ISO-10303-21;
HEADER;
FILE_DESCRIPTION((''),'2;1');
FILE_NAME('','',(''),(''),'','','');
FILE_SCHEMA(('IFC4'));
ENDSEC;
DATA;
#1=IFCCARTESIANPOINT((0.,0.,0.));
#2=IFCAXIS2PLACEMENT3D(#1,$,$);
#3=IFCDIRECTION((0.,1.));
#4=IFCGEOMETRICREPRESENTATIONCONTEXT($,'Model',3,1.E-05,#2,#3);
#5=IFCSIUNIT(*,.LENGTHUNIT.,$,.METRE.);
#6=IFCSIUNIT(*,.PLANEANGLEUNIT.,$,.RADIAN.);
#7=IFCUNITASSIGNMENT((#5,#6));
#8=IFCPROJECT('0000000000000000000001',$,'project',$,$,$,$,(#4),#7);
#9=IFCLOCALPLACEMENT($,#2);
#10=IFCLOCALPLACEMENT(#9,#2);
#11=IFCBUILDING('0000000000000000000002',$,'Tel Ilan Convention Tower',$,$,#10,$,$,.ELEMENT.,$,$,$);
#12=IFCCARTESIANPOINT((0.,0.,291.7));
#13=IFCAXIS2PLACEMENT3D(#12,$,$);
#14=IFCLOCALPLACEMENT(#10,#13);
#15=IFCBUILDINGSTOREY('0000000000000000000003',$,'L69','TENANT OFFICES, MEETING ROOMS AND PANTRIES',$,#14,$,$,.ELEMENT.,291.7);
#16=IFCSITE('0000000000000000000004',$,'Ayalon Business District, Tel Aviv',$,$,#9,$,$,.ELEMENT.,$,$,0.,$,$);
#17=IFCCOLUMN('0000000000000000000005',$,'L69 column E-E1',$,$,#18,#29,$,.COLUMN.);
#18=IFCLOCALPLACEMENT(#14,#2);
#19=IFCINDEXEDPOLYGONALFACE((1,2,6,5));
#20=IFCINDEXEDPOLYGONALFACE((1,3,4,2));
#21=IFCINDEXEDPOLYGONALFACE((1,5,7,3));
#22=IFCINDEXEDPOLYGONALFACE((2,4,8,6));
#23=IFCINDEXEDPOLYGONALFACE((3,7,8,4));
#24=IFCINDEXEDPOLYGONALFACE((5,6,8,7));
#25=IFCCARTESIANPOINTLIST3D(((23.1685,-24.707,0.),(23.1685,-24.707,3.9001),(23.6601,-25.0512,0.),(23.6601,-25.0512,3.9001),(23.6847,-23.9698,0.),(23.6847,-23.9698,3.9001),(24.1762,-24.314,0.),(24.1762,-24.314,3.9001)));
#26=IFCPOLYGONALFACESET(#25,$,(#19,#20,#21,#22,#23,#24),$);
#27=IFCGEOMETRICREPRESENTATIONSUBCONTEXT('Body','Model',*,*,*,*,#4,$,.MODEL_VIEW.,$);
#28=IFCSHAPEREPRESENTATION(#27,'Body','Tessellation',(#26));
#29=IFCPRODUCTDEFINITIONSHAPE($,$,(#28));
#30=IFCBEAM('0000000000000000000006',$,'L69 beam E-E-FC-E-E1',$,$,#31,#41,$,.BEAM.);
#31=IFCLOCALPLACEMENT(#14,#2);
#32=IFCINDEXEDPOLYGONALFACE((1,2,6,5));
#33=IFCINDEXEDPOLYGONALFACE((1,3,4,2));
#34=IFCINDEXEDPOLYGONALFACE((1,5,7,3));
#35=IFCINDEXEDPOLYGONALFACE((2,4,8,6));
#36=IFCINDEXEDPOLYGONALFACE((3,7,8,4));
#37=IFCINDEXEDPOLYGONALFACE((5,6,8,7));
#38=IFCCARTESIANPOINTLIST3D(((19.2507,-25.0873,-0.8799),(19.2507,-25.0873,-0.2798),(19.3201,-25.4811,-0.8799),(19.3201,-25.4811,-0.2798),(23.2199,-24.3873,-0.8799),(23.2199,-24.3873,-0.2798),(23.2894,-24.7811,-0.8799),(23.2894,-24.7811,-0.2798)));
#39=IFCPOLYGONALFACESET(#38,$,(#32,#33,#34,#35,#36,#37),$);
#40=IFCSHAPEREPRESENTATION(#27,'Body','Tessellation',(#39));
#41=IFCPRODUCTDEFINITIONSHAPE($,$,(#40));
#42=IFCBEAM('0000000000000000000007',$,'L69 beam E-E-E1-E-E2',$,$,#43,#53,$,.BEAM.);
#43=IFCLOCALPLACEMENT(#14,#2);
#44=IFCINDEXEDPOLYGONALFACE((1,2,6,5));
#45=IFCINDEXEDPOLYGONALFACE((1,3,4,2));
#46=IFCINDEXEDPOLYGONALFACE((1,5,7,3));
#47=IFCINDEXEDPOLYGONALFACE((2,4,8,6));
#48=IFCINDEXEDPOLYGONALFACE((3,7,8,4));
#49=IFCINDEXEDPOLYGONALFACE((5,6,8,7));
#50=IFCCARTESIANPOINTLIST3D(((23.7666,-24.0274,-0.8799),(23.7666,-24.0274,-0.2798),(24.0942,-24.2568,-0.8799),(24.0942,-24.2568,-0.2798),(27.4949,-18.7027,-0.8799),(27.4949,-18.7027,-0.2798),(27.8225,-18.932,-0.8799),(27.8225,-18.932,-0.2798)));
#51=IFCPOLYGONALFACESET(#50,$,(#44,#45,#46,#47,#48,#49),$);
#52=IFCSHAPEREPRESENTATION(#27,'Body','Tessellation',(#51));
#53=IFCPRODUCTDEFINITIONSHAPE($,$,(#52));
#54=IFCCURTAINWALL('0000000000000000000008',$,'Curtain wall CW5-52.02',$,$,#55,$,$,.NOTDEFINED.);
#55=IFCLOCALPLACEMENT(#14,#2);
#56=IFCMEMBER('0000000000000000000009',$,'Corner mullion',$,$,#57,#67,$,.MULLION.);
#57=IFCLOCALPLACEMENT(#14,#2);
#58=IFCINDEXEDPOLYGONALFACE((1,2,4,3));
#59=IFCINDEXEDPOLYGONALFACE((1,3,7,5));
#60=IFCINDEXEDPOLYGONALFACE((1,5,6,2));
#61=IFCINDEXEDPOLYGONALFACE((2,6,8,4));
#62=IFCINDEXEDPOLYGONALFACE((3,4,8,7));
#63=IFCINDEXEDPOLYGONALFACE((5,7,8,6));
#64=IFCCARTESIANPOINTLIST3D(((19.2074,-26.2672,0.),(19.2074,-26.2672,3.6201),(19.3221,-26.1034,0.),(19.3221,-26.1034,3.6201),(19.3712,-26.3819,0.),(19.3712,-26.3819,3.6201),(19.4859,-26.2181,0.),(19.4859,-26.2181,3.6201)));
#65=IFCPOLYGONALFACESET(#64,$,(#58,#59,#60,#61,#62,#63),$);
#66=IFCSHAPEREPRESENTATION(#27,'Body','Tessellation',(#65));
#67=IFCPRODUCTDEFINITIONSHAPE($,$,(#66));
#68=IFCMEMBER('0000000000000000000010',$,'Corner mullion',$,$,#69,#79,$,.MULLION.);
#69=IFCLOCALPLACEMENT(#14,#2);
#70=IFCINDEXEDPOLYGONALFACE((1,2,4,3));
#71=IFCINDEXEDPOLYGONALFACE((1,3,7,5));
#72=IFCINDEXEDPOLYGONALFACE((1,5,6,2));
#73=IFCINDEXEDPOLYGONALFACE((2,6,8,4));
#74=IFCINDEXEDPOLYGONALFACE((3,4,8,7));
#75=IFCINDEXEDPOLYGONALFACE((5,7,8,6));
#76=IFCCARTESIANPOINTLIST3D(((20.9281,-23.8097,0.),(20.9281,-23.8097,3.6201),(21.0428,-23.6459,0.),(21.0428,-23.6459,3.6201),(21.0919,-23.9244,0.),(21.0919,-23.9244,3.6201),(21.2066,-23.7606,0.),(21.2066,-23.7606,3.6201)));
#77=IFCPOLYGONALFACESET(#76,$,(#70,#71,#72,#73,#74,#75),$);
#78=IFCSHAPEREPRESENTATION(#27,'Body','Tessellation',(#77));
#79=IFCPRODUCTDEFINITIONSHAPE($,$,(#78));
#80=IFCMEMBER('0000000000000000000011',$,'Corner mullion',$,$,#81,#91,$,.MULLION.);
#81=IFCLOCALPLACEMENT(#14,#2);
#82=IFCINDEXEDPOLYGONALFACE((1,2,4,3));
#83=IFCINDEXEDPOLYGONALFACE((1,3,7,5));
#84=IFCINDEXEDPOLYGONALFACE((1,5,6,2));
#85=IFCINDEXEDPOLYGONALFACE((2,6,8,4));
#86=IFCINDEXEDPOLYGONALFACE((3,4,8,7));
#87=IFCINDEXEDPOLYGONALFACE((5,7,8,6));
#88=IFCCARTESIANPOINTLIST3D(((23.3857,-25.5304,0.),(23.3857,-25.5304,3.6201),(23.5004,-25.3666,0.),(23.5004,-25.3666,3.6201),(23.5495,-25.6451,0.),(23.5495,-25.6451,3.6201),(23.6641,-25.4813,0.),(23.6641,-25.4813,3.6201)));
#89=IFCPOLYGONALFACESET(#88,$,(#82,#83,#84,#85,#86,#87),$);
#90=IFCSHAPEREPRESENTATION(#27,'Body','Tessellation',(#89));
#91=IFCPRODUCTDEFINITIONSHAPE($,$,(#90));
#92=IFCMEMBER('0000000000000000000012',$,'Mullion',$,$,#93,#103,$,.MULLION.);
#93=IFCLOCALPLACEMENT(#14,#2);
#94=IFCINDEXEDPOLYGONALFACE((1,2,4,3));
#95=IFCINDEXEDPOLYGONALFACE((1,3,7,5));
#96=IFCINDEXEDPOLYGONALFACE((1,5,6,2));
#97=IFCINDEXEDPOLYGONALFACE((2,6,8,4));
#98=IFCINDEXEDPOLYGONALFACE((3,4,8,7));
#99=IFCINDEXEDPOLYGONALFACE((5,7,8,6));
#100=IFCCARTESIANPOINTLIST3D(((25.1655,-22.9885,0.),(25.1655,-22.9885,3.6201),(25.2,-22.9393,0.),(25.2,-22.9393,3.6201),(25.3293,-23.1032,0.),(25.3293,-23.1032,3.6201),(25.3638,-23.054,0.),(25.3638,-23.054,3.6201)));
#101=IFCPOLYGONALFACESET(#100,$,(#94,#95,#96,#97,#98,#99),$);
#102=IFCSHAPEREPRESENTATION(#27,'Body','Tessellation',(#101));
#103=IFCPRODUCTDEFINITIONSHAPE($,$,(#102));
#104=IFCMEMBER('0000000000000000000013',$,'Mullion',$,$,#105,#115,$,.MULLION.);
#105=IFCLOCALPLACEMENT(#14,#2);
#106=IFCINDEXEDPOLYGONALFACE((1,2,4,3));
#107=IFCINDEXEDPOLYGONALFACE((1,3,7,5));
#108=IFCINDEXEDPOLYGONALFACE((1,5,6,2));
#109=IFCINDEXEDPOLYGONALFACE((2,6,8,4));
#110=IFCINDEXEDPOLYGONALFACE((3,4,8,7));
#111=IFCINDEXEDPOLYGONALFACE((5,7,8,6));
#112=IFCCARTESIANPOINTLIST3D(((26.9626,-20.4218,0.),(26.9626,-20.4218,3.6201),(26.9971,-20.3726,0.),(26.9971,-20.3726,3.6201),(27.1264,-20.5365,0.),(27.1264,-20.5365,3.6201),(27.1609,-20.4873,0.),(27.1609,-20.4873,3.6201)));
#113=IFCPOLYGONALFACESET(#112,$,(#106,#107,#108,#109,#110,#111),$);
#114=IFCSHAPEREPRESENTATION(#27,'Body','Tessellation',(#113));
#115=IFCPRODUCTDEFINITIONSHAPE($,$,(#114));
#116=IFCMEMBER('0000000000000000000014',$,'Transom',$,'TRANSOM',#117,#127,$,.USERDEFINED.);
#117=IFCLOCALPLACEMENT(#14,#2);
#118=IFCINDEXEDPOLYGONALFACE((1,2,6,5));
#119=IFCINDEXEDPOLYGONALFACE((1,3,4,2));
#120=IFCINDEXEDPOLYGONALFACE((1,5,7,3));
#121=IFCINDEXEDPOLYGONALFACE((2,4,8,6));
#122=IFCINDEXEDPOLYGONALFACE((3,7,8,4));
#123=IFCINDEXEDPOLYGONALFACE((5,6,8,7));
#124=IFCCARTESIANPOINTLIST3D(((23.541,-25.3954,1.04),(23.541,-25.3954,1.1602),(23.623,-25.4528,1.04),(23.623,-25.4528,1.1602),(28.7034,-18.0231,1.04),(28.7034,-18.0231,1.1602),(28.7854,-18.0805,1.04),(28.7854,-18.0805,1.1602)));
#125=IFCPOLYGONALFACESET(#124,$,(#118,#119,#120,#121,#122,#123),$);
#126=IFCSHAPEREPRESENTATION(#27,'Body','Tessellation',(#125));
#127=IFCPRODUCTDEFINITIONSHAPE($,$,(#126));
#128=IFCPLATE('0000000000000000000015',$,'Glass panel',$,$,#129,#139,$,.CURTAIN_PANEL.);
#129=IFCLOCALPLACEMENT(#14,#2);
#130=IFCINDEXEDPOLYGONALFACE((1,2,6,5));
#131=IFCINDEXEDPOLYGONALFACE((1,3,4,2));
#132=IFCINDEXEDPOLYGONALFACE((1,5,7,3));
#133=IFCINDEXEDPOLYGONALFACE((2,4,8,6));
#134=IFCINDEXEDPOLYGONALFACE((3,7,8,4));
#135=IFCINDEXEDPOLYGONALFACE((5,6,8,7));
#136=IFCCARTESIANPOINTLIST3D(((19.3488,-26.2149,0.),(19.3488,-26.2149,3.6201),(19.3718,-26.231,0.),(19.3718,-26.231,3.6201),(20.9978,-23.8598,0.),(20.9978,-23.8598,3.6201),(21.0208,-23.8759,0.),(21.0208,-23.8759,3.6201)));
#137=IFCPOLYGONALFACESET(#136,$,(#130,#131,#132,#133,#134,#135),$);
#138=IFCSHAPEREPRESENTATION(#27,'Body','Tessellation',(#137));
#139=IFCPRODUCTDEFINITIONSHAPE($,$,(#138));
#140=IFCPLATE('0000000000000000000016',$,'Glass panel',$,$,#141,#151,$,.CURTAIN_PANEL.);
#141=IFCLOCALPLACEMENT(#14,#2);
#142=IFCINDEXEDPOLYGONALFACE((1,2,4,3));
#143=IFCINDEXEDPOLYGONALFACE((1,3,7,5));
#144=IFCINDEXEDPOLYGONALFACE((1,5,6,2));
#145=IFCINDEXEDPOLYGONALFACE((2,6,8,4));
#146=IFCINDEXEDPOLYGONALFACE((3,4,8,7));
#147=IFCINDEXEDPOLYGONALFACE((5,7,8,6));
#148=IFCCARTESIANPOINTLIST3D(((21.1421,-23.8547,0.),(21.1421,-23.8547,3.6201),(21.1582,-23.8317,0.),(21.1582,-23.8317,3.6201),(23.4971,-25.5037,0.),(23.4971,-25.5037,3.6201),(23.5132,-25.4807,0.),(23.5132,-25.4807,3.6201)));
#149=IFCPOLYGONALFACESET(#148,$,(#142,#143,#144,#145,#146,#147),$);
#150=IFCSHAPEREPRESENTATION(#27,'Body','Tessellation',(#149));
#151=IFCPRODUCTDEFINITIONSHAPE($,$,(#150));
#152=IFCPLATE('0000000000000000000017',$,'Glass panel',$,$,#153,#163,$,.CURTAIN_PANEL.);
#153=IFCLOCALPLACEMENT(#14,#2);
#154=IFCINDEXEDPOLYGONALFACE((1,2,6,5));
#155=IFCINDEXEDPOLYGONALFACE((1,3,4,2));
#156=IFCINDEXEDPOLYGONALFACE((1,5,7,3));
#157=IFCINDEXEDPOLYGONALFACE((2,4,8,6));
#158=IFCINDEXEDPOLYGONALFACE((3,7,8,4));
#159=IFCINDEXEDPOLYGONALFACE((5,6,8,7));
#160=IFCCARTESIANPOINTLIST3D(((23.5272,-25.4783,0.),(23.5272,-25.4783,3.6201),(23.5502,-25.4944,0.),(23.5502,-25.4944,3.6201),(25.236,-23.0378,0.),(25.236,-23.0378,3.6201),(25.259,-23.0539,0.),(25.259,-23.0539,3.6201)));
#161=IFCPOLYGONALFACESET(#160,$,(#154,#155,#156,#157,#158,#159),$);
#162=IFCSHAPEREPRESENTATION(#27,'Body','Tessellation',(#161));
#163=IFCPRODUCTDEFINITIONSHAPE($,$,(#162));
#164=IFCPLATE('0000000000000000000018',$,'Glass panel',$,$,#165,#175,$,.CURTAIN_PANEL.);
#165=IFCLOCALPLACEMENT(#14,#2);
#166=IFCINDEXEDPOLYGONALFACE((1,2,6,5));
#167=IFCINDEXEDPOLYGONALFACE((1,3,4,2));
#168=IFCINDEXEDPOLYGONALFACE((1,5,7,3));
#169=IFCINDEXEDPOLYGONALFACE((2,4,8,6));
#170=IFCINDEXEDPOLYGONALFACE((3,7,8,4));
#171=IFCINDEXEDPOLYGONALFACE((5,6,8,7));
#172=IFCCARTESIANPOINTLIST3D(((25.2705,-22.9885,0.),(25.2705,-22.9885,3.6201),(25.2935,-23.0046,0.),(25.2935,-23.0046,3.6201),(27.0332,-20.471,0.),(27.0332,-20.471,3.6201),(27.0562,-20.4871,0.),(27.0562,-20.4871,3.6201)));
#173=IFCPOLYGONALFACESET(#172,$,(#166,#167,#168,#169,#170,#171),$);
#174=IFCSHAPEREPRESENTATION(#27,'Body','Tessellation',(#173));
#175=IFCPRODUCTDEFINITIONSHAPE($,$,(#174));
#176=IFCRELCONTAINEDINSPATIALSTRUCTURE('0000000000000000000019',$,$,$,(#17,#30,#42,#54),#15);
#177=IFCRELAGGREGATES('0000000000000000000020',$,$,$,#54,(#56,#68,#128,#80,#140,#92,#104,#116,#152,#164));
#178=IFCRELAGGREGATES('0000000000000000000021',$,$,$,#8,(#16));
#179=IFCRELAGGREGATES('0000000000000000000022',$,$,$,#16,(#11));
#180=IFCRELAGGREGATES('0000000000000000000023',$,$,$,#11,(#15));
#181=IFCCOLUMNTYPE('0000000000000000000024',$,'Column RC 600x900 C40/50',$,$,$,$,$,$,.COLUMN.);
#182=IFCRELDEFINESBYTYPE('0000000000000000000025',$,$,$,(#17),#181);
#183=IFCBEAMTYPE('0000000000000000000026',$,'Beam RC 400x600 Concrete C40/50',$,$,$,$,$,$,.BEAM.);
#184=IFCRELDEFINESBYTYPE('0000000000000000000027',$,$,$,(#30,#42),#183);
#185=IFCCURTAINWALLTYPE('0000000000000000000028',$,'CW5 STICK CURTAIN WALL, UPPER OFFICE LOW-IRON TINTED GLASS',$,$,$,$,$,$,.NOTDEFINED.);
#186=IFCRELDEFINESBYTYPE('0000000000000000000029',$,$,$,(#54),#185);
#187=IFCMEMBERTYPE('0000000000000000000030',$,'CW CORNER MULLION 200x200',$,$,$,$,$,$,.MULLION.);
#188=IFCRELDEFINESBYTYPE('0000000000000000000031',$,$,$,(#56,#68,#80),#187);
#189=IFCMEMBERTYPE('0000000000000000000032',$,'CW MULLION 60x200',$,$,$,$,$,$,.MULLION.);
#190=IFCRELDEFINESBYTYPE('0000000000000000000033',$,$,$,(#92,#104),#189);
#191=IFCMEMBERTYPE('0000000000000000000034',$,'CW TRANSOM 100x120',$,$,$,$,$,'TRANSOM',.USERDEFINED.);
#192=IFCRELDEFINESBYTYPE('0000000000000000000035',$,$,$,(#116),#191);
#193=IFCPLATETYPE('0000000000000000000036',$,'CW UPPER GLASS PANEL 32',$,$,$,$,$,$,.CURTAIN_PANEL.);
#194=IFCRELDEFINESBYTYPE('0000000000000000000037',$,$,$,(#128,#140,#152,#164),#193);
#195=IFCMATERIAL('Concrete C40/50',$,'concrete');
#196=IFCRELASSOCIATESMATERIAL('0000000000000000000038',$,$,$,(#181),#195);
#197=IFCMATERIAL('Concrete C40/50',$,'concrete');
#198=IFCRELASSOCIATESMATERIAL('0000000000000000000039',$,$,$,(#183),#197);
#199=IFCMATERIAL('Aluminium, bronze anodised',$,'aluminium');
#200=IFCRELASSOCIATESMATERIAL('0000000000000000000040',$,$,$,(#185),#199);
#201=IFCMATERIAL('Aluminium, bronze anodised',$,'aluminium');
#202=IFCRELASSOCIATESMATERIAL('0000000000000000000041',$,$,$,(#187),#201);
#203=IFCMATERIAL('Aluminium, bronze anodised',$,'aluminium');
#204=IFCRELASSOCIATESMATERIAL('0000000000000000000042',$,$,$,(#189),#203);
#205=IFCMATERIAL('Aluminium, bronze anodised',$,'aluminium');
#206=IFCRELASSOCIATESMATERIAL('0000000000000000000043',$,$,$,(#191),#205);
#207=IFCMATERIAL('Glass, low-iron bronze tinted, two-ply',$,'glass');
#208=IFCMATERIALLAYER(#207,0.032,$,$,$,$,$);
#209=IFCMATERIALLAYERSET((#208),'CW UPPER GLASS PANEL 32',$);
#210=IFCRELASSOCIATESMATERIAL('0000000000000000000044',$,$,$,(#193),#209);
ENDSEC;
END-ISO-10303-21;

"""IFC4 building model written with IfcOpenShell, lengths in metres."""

from ifc_helpers import new_model, si_unit, direction, frame, origin, origin_2d, place, context, subcontext, project, spatial, rectangle, extrude, material, layer, layer_set, material_profile, profile_set, type_object, element, aggregate, save


model = new_model("IFC4")

# Units and contexts
model_context = context("Model", 3, precision=1e-05, world=origin(), true_north=direction((0.0, 1.0)))
body_context = subcontext(model_context, "Body", "Model", "MODEL_VIEW")
ifc_project = project(units=[si_unit("LENGTHUNIT", "METRE"), si_unit("PLANEANGLEUNIT", "RADIAN")], contexts=[model_context])

# Site, building, storey
site_placement = place(None, origin())
site = spatial("IfcSite", under=ifc_project, at=site_placement, Name="Ayalon Business District, Tel Aviv", CompositionType="ELEMENT", RefElevation=0.0)
building_placement = place(site_placement, origin())
building = spatial("IfcBuilding", under=site, at=building_placement, Name="Tel Ilan Convention Tower", CompositionType="ELEMENT")
storey_placement = place(building_placement, frame((0.0, 0.0, 291.7)))
storey = spatial("IfcBuildingStorey", under=building, at=storey_placement, Name="L69", Description="TENANT OFFICES, MEETING ROOMS AND PANTRIES", CompositionType="ELEMENT", Elevation=291.7)

# Column
ifc_material_1 = material(Name="Concrete C40/50", Category="concrete")
ifc_material_profile_1 = material_profile(ifc_material_1, rectangle(XDim=0.8999, YDim=0.6001, at=origin_2d()), Name="RC 600x900")
ifc_profile_set_1 = profile_set([ifc_material_profile_1], Name="Concrete C40/50")
column_type = type_object("IfcColumnType", Name="Column RC 600x900 C40/50", PredefinedType="COLUMN", material=ifc_profile_set_1)
column_placement = place(storey_placement, frame((23.6724, -24.5105, 0.0), z_axis=(0.0, 0.0, 1.0), x_axis=(0.573576, 0.819152, 0.0)))
element("IfcColumn", 1, at=column_placement, inside=storey, type_object=column_type, Name="L69 column E-E1", PredefinedType="COLUMN", context=body_context, shape_type="SweptSolid", body=[
    extrude(rectangle(XDim=0.8999, YDim=0.6001, at=origin_2d()), origin(), (0.0, 0.0, 1.0), 3.9001),
])

# Beams
ifc_material_2 = material(Name="Concrete C40/50", Category="concrete")
ifc_material_profile_2 = material_profile(ifc_material_2, rectangle(XDim=0.3999, YDim=0.6001, at=origin_2d()), Name="RC 400x600")
ifc_profile_set_2 = profile_set([ifc_material_profile_2], Name="Concrete C40/50")
beam_type = type_object("IfcBeamType", Name="Beam RC 400x600 Concrete C40/50", PredefinedType="BEAM", material=ifc_profile_set_2)
beam_1_placement = place(storey_placement, frame((19.2854, -25.2842, -0.5798), z_axis=(0.984805, 0.173664, 0.0), x_axis=(-0.173664, 0.984805, 0.0)))
element("IfcBeam", 2, at=beam_1_placement, inside=storey, type_object=beam_type, Name="L69 beam E-E-FC-E-E1", PredefinedType="BEAM", context=body_context, shape_type="SweptSolid", body=[
    extrude(rectangle(XDim=0.3999, YDim=0.6001, at=origin_2d()), origin(), (0.0, 0.0, 1.0), 4.0305),
])
beam_2_placement = place(storey_placement, frame((23.9304, -24.1421, -0.5798), z_axis=(0.573563, 0.819161, 0.0), x_axis=(-0.819161, 0.573563, 0.0)))
element("IfcBeam", 3, at=beam_2_placement, inside=storey, type_object=beam_type, Name="L69 beam E-E-E1-E-E2", PredefinedType="BEAM", context=body_context, shape_type="SweptSolid", body=[
    extrude(rectangle(XDim=0.3999, YDim=0.6001, at=origin_2d()), origin(), (0.0, 0.0, 1.0), 6.5002),
])

# Curtain wall, members, plates
ifc_material_3 = material(Name="Aluminium, bronze anodised", Category="aluminium")
curtain_wall_type = type_object("IfcCurtainWallType", Name="CW5 STICK CURTAIN WALL, UPPER OFFICE LOW-IRON TINTED GLASS", PredefinedType="NOTDEFINED", material=ifc_material_3)
curtain_wall_placement = place(storey_placement, origin())
curtain_wall = element("IfcCurtainWall", 4, at=curtain_wall_placement, inside=storey, type_object=curtain_wall_type, Name="Curtain wall CW5-52.02", PredefinedType="NOTDEFINED")
ifc_material_4 = material(Name="Aluminium, bronze anodised", Category="aluminium")
ifc_material_profile_3 = material_profile(ifc_material_4, rectangle(XDim=0.2, YDim=0.2, at=origin_2d()), Name="CW CORNER MULLION 200x200")
ifc_profile_set_3 = profile_set([ifc_material_profile_3], Name="Aluminium, bronze anodised")
member_type_1 = type_object("IfcMemberType", Name="CW CORNER MULLION 200x200", PredefinedType="MULLION", material=ifc_profile_set_3)
member_1_placement = place(storey_placement, frame((19.3467, -26.2427, 0.0), z_axis=(0.0, 0.0, 1.0), x_axis=(0.819152, -0.573576, 0.0)))
member_1 = element("IfcMember", 5, at=member_1_placement, type_object=member_type_1, Name="Corner mullion", PredefinedType="MULLION", context=body_context, shape_type="SweptSolid", body=[
    extrude(rectangle(XDim=0.2, YDim=0.2, at=origin_2d()), origin(), (0.0, 0.0, 1.0), 3.6201),
])
member_2_placement = place(storey_placement, frame((21.0674, -23.7852, 0.0), z_axis=(0.0, 0.0, 1.0), x_axis=(0.573576, 0.819152, 0.0)))
member_2 = element("IfcMember", 6, at=member_2_placement, type_object=member_type_1, Name="Corner mullion", PredefinedType="MULLION", context=body_context, shape_type="SweptSolid", body=[
    extrude(rectangle(XDim=0.2, YDim=0.2, at=origin_2d()), origin(), (0.0, 0.0, 1.0), 3.6201),
])
member_3_placement = place(storey_placement, frame((23.5249, -25.5059, 0.0), z_axis=(0.0, 0.0, 1.0), x_axis=(0.819152, -0.573576, 0.0)))
member_3 = element("IfcMember", 7, at=member_3_placement, type_object=member_type_1, Name="Corner mullion", PredefinedType="MULLION", context=body_context, shape_type="SweptSolid", body=[
    extrude(rectangle(XDim=0.2, YDim=0.2, at=origin_2d()), origin(), (0.0, 0.0, 1.0), 3.6201),
])
ifc_material_5 = material(Name="Aluminium, bronze anodised", Category="aluminium")
ifc_material_profile_4 = material_profile(ifc_material_5, rectangle(XDim=0.0601, YDim=0.2, at=origin_2d()), Name="CW MULLION 60x200")
ifc_profile_set_4 = profile_set([ifc_material_profile_4], Name="Aluminium, bronze anodised")
member_type_2 = type_object("IfcMemberType", Name="CW MULLION 60x200", PredefinedType="MULLION", material=ifc_profile_set_4)
member_4_placement = place(storey_placement, frame((25.2646, -23.0212, 0.0), z_axis=(0.0, 0.0, 1.0), x_axis=(0.573576, 0.819152, 0.0)))
member_4 = element("IfcMember", 8, at=member_4_placement, type_object=member_type_2, Name="Mullion", PredefinedType="MULLION", context=body_context, shape_type="SweptSolid", body=[
    extrude(rectangle(XDim=0.0601, YDim=0.2, at=origin_2d()), origin(), (0.0, 0.0, 1.0), 3.6201),
])
member_5_placement = place(storey_placement, frame((27.0618, -20.4546, 0.0), z_axis=(0.0, 0.0, 1.0), x_axis=(0.573576, 0.819152, 0.0)))
member_5 = element("IfcMember", 9, at=member_5_placement, type_object=member_type_2, Name="Mullion", PredefinedType="MULLION", context=body_context, shape_type="SweptSolid", body=[
    extrude(rectangle(XDim=0.0601, YDim=0.2, at=origin_2d()), origin(), (0.0, 0.0, 1.0), 3.6201),
])
ifc_material_6 = material(Name="Aluminium, bronze anodised", Category="aluminium")
ifc_material_profile_5 = material_profile(ifc_material_6, rectangle(XDim=0.1001, YDim=0.1201, at=origin_2d()), Name="CW TRANSOM 100x120")
ifc_profile_set_5 = profile_set([ifc_material_profile_5], Name="Aluminium, bronze anodised")
member_type_3 = type_object("IfcMemberType", Name="CW TRANSOM 100x120", ElementType="TRANSOM", PredefinedType="USERDEFINED", material=ifc_profile_set_5)
member_6_placement = place(storey_placement, frame((23.582, -25.4241, 1.1001), z_axis=(0.573592, 0.819141, 0.0), x_axis=(-0.819141, 0.573592, 0.0)))
member_6 = element("IfcMember", 10, at=member_6_placement, type_object=member_type_3, Name="Transom", ObjectType="TRANSOM", PredefinedType="USERDEFINED", context=body_context, shape_type="SweptSolid", body=[
    extrude(rectangle(XDim=0.1001, YDim=0.1201, at=origin_2d()), origin(), (0.0, 0.0, 1.0), 9.0),
])
ifc_material_7 = material(Name="Glass, low-iron bronze tinted, two-ply", Category="glass")
ifc_layer_1 = layer(ifc_material_7, 0.032)
ifc_layer_set_1 = layer_set([ifc_layer_1], Name="CW UPPER GLASS PANEL 32")
plate_type = type_object("IfcPlateType", Name="CW UPPER GLASS PANEL 32", PredefinedType="CURTAIN_PANEL", material=ifc_layer_set_1)
plate_1_placement = place(storey_placement, frame((20.1848, -25.0454, 0.0), z_axis=(0.0, 0.0, 1.0), x_axis=(0.573576, 0.819152, 0.0)))
plate_1 = element("IfcPlate", 11, at=plate_1_placement, type_object=plate_type, Name="Glass panel", PredefinedType="CURTAIN_PANEL", context=body_context, shape_type="SweptSolid", body=[
    extrude(rectangle(XDim=2.875, YDim=0.0281, at=origin_2d()), origin(), (0.0, 0.0, 1.0), 3.6201),
])
plate_2_placement = place(storey_placement, frame((22.3276, -24.6677, 0.0), z_axis=(0.0, 0.0, 1.0), x_axis=(0.819152, -0.573576, 0.0)))
plate_2 = element("IfcPlate", 12, at=plate_2_placement, type_object=plate_type, Name="Glass panel", PredefinedType="CURTAIN_PANEL", context=body_context, shape_type="SweptSolid", body=[
    extrude(rectangle(XDim=2.875, YDim=0.0281, at=origin_2d()), origin(), (0.0, 0.0, 1.0), 3.6201),
])
plate_3_placement = place(storey_placement, frame((24.3931, -24.2661, 0.0), z_axis=(0.0, 0.0, 1.0), x_axis=(0.573576, 0.819152, 0.0)))
plate_3 = element("IfcPlate", 13, at=plate_3_placement, type_object=plate_type, Name="Glass panel", PredefinedType="CURTAIN_PANEL", context=body_context, shape_type="SweptSolid", body=[
    extrude(rectangle(XDim=2.9792, YDim=0.0281, at=origin_2d()), origin(), (0.0, 0.0, 1.0), 3.6201),
])
plate_4_placement = place(storey_placement, frame((26.1633, -21.7378, 0.0), z_axis=(0.0, 0.0, 1.0), x_axis=(0.573576, 0.819152, 0.0)))
plate_4 = element("IfcPlate", 14, at=plate_4_placement, type_object=plate_type, Name="Glass panel", PredefinedType="CURTAIN_PANEL", context=body_context, shape_type="SweptSolid", body=[
    extrude(rectangle(XDim=3.0732, YDim=0.0281, at=origin_2d()), origin(), (0.0, 0.0, 1.0), 3.6201),
])
aggregate(curtain_wall, [member_1, member_2, plate_1, member_3, plate_2, member_4, member_5, member_6, plate_3, plate_4])

save(model, "model.ifc")
